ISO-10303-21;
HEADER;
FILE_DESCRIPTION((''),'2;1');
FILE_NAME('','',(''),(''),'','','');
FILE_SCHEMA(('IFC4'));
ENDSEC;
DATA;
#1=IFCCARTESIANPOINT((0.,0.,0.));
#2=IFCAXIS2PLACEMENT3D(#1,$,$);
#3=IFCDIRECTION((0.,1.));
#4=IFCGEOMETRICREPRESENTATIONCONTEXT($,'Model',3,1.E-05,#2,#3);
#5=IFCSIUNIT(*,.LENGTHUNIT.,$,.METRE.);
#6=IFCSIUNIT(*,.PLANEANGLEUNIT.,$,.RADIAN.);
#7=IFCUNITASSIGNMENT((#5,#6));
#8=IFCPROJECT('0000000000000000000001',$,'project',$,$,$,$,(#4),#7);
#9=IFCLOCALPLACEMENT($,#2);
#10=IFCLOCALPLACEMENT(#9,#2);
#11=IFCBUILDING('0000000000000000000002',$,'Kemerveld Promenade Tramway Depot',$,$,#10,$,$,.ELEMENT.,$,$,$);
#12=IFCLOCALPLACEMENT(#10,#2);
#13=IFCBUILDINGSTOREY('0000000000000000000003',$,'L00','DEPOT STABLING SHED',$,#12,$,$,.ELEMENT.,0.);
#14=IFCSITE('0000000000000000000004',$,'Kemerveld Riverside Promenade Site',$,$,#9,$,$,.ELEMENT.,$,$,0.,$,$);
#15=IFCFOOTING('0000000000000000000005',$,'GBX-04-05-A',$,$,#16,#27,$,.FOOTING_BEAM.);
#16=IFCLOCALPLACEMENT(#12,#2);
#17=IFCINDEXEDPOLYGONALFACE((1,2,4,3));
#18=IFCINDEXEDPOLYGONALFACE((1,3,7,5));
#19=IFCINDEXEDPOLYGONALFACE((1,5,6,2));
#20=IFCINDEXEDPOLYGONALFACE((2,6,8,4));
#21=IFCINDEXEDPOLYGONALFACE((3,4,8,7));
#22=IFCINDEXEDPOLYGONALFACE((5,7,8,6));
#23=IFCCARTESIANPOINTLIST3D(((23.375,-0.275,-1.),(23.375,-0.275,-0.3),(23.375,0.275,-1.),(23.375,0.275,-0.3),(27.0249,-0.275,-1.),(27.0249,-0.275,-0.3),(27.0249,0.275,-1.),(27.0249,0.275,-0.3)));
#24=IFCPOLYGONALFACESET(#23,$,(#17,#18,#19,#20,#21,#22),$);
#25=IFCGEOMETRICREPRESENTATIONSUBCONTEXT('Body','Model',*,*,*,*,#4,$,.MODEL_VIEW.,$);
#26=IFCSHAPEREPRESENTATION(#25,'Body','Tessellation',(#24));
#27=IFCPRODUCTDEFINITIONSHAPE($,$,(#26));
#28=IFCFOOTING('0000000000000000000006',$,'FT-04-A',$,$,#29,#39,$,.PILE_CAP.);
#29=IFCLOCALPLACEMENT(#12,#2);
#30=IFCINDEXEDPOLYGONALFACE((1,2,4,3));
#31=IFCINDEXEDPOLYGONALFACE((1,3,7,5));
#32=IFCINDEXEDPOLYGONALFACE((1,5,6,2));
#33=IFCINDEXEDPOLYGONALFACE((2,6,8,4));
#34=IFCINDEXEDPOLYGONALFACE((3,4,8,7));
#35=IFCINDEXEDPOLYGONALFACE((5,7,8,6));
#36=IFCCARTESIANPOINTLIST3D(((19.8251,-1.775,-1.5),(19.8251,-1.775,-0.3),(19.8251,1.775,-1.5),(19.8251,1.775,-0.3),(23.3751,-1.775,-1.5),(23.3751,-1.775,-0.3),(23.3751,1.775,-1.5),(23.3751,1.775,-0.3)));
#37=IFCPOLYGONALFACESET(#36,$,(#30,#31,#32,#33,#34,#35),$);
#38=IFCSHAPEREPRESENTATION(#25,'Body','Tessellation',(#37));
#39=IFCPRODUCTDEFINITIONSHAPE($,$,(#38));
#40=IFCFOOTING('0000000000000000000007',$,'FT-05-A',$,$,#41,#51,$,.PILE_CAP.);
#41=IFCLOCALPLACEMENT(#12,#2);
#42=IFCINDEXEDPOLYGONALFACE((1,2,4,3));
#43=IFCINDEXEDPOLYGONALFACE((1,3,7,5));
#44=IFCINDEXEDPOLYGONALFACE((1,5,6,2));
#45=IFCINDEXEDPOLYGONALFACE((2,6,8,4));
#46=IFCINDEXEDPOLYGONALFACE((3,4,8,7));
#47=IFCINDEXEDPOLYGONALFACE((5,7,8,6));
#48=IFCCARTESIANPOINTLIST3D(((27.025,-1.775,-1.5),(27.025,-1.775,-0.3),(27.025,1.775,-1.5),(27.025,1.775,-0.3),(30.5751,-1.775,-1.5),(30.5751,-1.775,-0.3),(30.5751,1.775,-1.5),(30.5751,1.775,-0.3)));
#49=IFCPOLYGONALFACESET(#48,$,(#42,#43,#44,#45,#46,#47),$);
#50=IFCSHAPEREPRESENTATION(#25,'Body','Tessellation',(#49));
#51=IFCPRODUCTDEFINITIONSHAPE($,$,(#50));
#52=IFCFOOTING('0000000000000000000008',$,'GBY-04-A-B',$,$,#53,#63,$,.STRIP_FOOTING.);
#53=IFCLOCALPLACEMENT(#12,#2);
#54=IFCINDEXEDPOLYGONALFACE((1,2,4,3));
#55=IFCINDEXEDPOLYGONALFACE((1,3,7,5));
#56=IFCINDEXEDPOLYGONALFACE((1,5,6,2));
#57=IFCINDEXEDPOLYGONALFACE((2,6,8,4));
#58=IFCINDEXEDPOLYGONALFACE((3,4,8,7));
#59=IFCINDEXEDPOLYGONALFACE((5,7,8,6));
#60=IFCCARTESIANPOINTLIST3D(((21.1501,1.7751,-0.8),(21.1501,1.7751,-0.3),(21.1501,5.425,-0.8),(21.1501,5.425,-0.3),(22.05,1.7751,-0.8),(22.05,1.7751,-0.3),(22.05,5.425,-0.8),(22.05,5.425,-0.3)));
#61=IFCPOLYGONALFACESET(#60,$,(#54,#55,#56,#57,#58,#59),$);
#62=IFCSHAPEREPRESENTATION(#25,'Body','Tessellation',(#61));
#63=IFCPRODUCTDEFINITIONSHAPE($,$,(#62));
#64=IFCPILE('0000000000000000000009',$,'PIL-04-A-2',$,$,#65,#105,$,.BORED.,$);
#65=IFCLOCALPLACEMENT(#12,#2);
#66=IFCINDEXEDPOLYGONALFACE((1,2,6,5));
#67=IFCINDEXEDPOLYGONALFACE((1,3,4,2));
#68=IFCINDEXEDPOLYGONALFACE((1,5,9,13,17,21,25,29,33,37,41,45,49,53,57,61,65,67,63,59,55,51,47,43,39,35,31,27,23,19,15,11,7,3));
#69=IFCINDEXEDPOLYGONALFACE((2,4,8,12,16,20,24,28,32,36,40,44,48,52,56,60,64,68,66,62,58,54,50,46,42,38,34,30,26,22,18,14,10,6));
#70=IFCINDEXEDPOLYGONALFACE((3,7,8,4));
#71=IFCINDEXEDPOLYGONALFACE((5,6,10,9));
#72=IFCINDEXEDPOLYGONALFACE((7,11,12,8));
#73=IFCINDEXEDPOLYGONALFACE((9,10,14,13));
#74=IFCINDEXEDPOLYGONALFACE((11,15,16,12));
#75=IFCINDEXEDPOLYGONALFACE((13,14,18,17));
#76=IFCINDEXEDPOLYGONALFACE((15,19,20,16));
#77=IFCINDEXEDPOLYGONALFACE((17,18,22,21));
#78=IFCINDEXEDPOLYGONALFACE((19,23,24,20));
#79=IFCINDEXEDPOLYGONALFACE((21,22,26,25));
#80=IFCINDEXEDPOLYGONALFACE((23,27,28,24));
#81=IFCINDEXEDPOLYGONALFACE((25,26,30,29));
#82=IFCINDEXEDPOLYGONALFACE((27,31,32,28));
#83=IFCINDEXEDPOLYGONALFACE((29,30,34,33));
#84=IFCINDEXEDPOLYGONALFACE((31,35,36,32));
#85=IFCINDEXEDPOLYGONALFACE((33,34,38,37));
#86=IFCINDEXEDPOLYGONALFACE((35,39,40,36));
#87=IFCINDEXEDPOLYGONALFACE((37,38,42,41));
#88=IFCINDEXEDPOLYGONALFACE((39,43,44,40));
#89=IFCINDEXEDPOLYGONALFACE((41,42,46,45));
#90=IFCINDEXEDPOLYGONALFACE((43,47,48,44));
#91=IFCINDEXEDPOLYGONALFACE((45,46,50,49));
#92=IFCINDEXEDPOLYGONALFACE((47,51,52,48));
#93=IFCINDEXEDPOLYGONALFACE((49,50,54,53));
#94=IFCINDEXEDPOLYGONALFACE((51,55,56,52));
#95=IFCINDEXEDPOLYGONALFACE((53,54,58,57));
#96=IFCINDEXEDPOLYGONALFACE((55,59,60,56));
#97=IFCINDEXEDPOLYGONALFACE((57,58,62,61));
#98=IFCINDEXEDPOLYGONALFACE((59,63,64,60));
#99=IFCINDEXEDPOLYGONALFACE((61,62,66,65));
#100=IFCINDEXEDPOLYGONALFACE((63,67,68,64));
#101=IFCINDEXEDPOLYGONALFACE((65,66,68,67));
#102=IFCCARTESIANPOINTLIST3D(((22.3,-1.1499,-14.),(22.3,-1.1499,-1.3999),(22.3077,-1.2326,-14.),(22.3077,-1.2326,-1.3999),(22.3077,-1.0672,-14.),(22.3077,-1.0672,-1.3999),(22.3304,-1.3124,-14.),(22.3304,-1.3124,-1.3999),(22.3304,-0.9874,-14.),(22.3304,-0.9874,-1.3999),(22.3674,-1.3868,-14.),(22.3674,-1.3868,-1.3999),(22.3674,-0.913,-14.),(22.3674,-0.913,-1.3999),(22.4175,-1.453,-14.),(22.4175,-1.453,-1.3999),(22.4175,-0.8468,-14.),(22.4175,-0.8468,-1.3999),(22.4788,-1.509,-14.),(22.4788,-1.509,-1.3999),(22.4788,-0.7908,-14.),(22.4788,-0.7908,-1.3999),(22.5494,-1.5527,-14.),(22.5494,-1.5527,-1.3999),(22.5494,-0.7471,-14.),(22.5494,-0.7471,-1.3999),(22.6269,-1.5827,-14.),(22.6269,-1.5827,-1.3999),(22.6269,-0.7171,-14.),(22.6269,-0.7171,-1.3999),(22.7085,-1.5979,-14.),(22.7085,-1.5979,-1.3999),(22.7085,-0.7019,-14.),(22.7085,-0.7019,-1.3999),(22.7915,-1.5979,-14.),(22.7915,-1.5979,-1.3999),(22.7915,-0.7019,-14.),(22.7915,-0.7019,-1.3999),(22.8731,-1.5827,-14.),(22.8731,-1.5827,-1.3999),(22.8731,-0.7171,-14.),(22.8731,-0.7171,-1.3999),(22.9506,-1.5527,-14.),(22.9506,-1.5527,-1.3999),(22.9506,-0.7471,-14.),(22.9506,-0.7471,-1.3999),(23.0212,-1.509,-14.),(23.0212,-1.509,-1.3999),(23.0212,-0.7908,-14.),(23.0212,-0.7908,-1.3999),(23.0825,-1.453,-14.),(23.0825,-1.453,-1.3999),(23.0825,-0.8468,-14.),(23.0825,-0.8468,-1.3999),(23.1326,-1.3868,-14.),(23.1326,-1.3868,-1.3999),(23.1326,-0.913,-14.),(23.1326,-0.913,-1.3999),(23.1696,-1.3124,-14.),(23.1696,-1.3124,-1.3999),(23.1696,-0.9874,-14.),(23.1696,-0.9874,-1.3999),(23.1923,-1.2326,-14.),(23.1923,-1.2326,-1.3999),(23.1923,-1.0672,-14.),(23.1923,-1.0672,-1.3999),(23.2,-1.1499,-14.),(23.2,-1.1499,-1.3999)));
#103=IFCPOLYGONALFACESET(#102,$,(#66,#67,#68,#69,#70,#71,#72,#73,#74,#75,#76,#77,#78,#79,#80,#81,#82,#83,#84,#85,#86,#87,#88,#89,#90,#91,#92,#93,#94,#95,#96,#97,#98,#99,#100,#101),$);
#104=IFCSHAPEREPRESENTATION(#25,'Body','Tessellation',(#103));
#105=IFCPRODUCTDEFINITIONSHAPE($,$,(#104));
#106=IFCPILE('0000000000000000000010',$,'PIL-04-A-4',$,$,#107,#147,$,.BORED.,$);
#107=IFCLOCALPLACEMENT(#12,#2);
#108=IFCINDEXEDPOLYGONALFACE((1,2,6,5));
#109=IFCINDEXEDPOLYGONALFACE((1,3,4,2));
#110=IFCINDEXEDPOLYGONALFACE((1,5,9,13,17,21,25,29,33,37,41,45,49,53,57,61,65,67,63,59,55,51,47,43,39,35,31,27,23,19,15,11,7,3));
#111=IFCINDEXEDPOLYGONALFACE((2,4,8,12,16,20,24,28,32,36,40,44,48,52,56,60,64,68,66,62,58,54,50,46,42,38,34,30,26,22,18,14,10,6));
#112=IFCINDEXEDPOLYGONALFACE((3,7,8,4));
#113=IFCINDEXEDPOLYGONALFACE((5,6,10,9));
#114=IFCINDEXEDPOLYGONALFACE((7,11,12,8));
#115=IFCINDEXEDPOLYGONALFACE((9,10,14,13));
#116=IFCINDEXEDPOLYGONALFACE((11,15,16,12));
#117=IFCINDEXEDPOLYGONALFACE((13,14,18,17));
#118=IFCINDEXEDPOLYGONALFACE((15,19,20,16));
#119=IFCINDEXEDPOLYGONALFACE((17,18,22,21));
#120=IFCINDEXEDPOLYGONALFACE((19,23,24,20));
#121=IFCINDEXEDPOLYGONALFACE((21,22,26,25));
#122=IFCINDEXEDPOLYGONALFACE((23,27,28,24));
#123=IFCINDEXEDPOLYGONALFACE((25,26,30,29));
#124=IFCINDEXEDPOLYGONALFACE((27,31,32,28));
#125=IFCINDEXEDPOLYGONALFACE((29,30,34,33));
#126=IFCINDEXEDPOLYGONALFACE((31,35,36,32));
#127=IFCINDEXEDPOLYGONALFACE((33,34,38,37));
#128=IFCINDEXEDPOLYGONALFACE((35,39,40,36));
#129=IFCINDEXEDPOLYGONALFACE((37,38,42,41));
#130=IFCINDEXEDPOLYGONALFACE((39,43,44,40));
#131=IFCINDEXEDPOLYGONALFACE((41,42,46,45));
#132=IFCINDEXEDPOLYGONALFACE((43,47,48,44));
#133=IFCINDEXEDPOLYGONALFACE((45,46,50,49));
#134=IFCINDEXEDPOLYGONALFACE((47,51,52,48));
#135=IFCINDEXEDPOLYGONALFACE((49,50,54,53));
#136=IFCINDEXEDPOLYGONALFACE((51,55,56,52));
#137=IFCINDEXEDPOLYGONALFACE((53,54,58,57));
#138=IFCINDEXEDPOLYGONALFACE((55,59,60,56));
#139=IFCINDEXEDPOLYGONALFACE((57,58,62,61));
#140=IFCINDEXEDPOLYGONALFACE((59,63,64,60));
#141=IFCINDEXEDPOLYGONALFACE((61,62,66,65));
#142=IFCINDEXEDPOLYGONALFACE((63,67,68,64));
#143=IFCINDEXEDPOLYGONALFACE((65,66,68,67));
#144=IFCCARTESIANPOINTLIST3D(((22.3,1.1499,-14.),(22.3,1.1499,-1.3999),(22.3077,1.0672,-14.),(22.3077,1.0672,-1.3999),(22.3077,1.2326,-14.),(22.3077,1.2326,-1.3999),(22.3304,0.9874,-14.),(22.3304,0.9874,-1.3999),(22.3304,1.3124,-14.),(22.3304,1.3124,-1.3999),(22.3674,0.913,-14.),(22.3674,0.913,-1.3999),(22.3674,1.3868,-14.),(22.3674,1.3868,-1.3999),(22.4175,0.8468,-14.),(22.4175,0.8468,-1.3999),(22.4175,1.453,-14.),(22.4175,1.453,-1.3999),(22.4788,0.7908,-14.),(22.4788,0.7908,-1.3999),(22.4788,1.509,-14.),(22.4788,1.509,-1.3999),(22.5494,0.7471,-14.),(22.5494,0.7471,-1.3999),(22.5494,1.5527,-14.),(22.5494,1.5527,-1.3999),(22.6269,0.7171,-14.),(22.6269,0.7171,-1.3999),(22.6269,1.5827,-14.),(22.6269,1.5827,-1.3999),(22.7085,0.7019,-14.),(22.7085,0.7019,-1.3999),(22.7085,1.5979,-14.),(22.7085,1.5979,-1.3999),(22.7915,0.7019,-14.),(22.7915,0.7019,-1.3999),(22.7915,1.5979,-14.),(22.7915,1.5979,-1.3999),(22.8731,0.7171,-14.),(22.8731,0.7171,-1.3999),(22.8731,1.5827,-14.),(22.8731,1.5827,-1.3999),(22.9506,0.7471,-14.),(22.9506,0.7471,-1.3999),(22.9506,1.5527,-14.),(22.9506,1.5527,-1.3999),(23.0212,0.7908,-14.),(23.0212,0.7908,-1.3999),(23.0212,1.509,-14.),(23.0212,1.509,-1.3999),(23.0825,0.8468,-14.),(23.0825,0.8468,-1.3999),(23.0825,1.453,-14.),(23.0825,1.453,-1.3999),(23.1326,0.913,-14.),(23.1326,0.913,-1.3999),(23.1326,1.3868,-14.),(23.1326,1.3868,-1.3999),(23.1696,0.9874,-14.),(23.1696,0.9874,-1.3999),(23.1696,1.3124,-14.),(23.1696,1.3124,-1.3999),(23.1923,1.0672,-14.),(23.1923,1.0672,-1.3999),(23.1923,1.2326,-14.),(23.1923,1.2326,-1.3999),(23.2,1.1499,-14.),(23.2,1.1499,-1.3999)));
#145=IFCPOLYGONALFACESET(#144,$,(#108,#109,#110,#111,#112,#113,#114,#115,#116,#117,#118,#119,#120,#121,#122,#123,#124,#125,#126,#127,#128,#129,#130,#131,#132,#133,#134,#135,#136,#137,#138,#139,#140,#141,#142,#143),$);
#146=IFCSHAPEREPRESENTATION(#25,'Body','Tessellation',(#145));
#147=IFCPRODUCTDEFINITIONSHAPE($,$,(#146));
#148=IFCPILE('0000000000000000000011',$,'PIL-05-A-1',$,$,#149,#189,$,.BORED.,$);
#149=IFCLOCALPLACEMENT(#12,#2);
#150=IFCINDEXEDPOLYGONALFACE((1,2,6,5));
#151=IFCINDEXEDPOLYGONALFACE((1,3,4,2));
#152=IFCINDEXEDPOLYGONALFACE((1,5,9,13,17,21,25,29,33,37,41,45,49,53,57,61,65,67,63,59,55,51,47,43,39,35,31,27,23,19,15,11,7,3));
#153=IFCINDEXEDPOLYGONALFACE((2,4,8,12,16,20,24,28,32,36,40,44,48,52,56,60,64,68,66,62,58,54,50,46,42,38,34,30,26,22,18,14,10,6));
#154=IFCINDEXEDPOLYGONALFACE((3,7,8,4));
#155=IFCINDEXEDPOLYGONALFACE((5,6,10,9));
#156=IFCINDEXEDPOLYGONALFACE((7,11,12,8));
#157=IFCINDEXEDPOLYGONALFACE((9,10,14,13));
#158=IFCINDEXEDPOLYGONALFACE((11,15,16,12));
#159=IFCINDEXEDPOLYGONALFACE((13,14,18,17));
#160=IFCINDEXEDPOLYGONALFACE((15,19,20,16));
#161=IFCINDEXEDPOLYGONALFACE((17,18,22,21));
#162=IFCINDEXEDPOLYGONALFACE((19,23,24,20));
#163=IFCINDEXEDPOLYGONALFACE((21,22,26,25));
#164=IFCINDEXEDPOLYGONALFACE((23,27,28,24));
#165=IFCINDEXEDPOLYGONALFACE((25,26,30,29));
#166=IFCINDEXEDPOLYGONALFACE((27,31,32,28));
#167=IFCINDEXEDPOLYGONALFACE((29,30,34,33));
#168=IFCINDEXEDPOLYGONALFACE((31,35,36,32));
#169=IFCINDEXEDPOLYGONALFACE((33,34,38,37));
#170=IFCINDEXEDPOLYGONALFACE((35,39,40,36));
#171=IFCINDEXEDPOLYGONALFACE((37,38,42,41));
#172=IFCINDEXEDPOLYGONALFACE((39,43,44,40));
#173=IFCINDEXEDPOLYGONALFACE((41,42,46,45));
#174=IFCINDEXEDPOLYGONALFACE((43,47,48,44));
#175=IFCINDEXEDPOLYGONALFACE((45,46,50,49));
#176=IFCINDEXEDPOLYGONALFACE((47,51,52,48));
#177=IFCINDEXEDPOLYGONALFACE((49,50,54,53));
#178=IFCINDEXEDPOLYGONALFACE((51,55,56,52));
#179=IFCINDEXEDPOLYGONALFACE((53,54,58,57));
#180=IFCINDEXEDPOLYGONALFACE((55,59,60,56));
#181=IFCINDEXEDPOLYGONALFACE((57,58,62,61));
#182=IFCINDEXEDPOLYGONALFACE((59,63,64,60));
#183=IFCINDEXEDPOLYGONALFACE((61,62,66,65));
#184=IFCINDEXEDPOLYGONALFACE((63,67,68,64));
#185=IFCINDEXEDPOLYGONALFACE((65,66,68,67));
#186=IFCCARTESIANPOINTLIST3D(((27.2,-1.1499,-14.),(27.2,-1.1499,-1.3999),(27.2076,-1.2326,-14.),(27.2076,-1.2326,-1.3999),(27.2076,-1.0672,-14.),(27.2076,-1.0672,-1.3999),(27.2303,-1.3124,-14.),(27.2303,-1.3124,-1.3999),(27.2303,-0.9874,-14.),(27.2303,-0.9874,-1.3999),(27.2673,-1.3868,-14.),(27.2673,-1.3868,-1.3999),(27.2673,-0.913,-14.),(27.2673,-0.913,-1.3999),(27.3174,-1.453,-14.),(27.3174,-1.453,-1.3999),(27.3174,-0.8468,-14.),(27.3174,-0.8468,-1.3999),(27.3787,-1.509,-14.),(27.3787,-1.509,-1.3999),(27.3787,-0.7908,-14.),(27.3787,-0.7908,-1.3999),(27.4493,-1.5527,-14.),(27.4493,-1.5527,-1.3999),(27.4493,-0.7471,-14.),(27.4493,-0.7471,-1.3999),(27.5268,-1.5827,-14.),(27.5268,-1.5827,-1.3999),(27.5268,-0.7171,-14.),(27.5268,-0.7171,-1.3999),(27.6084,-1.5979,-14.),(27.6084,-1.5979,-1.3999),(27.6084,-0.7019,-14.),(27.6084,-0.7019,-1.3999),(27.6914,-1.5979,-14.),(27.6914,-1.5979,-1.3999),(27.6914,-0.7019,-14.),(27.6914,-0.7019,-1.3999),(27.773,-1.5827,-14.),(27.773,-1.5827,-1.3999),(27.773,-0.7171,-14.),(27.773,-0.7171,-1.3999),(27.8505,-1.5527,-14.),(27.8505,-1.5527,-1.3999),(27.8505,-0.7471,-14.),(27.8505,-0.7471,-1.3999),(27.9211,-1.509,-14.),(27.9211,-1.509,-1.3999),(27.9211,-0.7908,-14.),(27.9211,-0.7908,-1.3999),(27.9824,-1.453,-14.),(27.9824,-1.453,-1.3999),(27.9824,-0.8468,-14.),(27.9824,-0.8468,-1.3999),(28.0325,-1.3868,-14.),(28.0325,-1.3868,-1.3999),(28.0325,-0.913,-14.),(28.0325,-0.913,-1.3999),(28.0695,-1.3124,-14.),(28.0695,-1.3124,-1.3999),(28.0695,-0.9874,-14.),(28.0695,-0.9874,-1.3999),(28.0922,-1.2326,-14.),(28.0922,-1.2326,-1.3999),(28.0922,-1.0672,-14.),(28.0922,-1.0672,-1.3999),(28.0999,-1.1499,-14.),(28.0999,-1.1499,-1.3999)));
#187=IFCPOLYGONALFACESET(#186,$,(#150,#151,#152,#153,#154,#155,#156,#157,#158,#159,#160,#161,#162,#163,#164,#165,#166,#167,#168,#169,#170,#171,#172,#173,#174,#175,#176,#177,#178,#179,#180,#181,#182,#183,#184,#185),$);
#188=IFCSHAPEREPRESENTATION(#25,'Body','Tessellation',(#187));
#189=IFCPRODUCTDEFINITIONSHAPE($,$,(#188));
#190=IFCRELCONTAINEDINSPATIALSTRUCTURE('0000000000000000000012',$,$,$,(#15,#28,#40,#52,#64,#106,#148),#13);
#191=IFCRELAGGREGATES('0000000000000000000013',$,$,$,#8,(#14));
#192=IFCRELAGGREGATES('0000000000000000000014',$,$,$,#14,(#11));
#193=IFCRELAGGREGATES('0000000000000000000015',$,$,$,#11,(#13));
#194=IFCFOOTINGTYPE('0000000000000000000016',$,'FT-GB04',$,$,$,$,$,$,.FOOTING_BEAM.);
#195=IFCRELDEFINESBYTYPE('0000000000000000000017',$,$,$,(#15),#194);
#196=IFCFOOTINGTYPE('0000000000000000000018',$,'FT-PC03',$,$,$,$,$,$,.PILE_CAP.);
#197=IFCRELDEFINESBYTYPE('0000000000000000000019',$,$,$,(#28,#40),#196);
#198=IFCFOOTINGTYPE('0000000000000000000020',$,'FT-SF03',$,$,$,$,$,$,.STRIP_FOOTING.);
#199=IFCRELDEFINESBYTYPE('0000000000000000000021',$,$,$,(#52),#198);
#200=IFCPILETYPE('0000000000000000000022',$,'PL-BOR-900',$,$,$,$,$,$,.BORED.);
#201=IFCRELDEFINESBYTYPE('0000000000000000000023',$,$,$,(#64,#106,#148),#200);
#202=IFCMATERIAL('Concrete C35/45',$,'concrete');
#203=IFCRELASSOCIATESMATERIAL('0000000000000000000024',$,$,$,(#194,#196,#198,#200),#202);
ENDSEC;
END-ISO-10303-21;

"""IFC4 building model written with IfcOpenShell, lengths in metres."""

from ifc_helpers import new_model, si_unit, direction, frame, origin, origin_2d, place, context, subcontext, project, spatial, rectangle, circle, extrude, material, material_profile, profile_set, type_object, element, save


model = new_model("IFC4")

# Units and contexts
model_context = context("Model", 3, precision=1e-05, world=origin(), true_north=direction((0.0, 1.0)))
body_context = subcontext(model_context, "Body", "Model", "MODEL_VIEW")
ifc_project = project(units=[si_unit("LENGTHUNIT", "METRE"), si_unit("PLANEANGLEUNIT", "RADIAN")], contexts=[model_context])

# Site, building, storey
site_placement = place(None, origin())
site = spatial("IfcSite", under=ifc_project, at=site_placement, Name="Kemerveld Riverside Promenade Site", CompositionType="ELEMENT", RefElevation=0.0)
building_placement = place(site_placement, origin())
building = spatial("IfcBuilding", under=site, at=building_placement, Name="Kemerveld Promenade Tramway Depot", CompositionType="ELEMENT")
storey_placement = place(building_placement, origin())
storey = spatial("IfcBuildingStorey", under=building, at=storey_placement, Name="L00", Description="DEPOT STABLING SHED", CompositionType="ELEMENT", Elevation=0.0)

# Footings
ifc_material_1 = material(Name="Concrete C35/45", Category="concrete")
footing_type_1 = type_object("IfcFootingType", Name="FT-GB04", PredefinedType="FOOTING_BEAM", material=ifc_material_1)
footing_1_placement = place(storey_placement, frame((25.2, 0.0, -1.0), z_axis=(0.0, 0.0, 1.0), x_axis=(1.0, 0.0, 0.0)))
element("IfcFooting", 1, at=footing_1_placement, inside=storey, type_object=footing_type_1, Name="GBX-04-05-A", PredefinedType="FOOTING_BEAM", context=body_context, shape_type="SweptSolid", body=[
    extrude(rectangle(XDim=3.6499, YDim=0.55, at=origin_2d()), origin(), (0.0, 0.0, 1.0), 0.7),
])
footing_type_2 = type_object("IfcFootingType", Name="FT-PC03", PredefinedType="PILE_CAP", material=ifc_material_1)
for number, where, z_axis, x_axis, name in (
    (2, (21.6001, 0.0, -1.5), (0.0, 0.0, 1.0), (1.0, 0.0, 0.0), "FT-04-A"),
    (3, (28.8, 0.0, -1.5), (0.0, 0.0, 1.0), (1.0, 0.0, 0.0), "FT-05-A"),
):
    element("IfcFooting", number, at=place(storey_placement, frame(where, z_axis=z_axis, x_axis=x_axis)), inside=storey, type_object=footing_type_2, Name=name, PredefinedType="PILE_CAP", context=body_context, shape_type="SweptSolid", body=[
        extrude(rectangle(XDim=3.55, YDim=3.55, at=origin_2d()), origin(), (0.0, 0.0, 1.0), 1.2),
    ])
footing_type_3 = type_object("IfcFootingType", Name="FT-SF03", PredefinedType="STRIP_FOOTING", material=ifc_material_1)
footing_2_placement = place(storey_placement, frame((21.6001, 3.6001, -0.8), z_axis=(0.0, 0.0, 1.0), x_axis=(0.0, 1.0, 0.0)))
element("IfcFooting", 4, at=footing_2_placement, inside=storey, type_object=footing_type_3, Name="GBY-04-A-B", PredefinedType="STRIP_FOOTING", context=body_context, shape_type="SweptSolid", body=[
    extrude(rectangle(XDim=3.6499, YDim=0.8999, at=origin_2d()), origin(), (0.0, 0.0, 1.0), 0.5),
])

# Piles
ifc_material_profile_1 = material_profile(ifc_material_1, circle(Radius=0.45, at=origin_2d()), Name="PILE-D900")
ifc_profile_set_1 = profile_set([ifc_material_profile_1], Name="Concrete C35/45")
pile_type = type_object("IfcPileType", Name="PL-BOR-900", PredefinedType="BORED", material=ifc_profile_set_1)
for number, where, z_axis, x_axis, name in (
    (5, (22.75, -1.1499, -1.3999), (0.0, 0.0, -1.0), (1.0, 0.0, 0.0), "PIL-04-A-2"),
    (6, (22.75, 1.1499, -1.3999), (0.0, 0.0, -1.0), (1.0, 0.0, 0.0), "PIL-04-A-4"),
    (7, (27.6499, -1.1499, -1.3999), (0.0, 0.0, -1.0), (1.0, 0.0, 0.0), "PIL-05-A-1"),
):
    element("IfcPile", number, at=place(storey_placement, frame(where, z_axis=z_axis, x_axis=x_axis)), inside=storey, type_object=pile_type, Name=name, PredefinedType="BORED", context=body_context, shape_type="SweptSolid", body=[
        extrude(circle(Radius=0.45, at=origin_2d()), origin(), (0.0, 0.0, 1.0), 12.6001),
    ])

save(model, "model.ifc")
